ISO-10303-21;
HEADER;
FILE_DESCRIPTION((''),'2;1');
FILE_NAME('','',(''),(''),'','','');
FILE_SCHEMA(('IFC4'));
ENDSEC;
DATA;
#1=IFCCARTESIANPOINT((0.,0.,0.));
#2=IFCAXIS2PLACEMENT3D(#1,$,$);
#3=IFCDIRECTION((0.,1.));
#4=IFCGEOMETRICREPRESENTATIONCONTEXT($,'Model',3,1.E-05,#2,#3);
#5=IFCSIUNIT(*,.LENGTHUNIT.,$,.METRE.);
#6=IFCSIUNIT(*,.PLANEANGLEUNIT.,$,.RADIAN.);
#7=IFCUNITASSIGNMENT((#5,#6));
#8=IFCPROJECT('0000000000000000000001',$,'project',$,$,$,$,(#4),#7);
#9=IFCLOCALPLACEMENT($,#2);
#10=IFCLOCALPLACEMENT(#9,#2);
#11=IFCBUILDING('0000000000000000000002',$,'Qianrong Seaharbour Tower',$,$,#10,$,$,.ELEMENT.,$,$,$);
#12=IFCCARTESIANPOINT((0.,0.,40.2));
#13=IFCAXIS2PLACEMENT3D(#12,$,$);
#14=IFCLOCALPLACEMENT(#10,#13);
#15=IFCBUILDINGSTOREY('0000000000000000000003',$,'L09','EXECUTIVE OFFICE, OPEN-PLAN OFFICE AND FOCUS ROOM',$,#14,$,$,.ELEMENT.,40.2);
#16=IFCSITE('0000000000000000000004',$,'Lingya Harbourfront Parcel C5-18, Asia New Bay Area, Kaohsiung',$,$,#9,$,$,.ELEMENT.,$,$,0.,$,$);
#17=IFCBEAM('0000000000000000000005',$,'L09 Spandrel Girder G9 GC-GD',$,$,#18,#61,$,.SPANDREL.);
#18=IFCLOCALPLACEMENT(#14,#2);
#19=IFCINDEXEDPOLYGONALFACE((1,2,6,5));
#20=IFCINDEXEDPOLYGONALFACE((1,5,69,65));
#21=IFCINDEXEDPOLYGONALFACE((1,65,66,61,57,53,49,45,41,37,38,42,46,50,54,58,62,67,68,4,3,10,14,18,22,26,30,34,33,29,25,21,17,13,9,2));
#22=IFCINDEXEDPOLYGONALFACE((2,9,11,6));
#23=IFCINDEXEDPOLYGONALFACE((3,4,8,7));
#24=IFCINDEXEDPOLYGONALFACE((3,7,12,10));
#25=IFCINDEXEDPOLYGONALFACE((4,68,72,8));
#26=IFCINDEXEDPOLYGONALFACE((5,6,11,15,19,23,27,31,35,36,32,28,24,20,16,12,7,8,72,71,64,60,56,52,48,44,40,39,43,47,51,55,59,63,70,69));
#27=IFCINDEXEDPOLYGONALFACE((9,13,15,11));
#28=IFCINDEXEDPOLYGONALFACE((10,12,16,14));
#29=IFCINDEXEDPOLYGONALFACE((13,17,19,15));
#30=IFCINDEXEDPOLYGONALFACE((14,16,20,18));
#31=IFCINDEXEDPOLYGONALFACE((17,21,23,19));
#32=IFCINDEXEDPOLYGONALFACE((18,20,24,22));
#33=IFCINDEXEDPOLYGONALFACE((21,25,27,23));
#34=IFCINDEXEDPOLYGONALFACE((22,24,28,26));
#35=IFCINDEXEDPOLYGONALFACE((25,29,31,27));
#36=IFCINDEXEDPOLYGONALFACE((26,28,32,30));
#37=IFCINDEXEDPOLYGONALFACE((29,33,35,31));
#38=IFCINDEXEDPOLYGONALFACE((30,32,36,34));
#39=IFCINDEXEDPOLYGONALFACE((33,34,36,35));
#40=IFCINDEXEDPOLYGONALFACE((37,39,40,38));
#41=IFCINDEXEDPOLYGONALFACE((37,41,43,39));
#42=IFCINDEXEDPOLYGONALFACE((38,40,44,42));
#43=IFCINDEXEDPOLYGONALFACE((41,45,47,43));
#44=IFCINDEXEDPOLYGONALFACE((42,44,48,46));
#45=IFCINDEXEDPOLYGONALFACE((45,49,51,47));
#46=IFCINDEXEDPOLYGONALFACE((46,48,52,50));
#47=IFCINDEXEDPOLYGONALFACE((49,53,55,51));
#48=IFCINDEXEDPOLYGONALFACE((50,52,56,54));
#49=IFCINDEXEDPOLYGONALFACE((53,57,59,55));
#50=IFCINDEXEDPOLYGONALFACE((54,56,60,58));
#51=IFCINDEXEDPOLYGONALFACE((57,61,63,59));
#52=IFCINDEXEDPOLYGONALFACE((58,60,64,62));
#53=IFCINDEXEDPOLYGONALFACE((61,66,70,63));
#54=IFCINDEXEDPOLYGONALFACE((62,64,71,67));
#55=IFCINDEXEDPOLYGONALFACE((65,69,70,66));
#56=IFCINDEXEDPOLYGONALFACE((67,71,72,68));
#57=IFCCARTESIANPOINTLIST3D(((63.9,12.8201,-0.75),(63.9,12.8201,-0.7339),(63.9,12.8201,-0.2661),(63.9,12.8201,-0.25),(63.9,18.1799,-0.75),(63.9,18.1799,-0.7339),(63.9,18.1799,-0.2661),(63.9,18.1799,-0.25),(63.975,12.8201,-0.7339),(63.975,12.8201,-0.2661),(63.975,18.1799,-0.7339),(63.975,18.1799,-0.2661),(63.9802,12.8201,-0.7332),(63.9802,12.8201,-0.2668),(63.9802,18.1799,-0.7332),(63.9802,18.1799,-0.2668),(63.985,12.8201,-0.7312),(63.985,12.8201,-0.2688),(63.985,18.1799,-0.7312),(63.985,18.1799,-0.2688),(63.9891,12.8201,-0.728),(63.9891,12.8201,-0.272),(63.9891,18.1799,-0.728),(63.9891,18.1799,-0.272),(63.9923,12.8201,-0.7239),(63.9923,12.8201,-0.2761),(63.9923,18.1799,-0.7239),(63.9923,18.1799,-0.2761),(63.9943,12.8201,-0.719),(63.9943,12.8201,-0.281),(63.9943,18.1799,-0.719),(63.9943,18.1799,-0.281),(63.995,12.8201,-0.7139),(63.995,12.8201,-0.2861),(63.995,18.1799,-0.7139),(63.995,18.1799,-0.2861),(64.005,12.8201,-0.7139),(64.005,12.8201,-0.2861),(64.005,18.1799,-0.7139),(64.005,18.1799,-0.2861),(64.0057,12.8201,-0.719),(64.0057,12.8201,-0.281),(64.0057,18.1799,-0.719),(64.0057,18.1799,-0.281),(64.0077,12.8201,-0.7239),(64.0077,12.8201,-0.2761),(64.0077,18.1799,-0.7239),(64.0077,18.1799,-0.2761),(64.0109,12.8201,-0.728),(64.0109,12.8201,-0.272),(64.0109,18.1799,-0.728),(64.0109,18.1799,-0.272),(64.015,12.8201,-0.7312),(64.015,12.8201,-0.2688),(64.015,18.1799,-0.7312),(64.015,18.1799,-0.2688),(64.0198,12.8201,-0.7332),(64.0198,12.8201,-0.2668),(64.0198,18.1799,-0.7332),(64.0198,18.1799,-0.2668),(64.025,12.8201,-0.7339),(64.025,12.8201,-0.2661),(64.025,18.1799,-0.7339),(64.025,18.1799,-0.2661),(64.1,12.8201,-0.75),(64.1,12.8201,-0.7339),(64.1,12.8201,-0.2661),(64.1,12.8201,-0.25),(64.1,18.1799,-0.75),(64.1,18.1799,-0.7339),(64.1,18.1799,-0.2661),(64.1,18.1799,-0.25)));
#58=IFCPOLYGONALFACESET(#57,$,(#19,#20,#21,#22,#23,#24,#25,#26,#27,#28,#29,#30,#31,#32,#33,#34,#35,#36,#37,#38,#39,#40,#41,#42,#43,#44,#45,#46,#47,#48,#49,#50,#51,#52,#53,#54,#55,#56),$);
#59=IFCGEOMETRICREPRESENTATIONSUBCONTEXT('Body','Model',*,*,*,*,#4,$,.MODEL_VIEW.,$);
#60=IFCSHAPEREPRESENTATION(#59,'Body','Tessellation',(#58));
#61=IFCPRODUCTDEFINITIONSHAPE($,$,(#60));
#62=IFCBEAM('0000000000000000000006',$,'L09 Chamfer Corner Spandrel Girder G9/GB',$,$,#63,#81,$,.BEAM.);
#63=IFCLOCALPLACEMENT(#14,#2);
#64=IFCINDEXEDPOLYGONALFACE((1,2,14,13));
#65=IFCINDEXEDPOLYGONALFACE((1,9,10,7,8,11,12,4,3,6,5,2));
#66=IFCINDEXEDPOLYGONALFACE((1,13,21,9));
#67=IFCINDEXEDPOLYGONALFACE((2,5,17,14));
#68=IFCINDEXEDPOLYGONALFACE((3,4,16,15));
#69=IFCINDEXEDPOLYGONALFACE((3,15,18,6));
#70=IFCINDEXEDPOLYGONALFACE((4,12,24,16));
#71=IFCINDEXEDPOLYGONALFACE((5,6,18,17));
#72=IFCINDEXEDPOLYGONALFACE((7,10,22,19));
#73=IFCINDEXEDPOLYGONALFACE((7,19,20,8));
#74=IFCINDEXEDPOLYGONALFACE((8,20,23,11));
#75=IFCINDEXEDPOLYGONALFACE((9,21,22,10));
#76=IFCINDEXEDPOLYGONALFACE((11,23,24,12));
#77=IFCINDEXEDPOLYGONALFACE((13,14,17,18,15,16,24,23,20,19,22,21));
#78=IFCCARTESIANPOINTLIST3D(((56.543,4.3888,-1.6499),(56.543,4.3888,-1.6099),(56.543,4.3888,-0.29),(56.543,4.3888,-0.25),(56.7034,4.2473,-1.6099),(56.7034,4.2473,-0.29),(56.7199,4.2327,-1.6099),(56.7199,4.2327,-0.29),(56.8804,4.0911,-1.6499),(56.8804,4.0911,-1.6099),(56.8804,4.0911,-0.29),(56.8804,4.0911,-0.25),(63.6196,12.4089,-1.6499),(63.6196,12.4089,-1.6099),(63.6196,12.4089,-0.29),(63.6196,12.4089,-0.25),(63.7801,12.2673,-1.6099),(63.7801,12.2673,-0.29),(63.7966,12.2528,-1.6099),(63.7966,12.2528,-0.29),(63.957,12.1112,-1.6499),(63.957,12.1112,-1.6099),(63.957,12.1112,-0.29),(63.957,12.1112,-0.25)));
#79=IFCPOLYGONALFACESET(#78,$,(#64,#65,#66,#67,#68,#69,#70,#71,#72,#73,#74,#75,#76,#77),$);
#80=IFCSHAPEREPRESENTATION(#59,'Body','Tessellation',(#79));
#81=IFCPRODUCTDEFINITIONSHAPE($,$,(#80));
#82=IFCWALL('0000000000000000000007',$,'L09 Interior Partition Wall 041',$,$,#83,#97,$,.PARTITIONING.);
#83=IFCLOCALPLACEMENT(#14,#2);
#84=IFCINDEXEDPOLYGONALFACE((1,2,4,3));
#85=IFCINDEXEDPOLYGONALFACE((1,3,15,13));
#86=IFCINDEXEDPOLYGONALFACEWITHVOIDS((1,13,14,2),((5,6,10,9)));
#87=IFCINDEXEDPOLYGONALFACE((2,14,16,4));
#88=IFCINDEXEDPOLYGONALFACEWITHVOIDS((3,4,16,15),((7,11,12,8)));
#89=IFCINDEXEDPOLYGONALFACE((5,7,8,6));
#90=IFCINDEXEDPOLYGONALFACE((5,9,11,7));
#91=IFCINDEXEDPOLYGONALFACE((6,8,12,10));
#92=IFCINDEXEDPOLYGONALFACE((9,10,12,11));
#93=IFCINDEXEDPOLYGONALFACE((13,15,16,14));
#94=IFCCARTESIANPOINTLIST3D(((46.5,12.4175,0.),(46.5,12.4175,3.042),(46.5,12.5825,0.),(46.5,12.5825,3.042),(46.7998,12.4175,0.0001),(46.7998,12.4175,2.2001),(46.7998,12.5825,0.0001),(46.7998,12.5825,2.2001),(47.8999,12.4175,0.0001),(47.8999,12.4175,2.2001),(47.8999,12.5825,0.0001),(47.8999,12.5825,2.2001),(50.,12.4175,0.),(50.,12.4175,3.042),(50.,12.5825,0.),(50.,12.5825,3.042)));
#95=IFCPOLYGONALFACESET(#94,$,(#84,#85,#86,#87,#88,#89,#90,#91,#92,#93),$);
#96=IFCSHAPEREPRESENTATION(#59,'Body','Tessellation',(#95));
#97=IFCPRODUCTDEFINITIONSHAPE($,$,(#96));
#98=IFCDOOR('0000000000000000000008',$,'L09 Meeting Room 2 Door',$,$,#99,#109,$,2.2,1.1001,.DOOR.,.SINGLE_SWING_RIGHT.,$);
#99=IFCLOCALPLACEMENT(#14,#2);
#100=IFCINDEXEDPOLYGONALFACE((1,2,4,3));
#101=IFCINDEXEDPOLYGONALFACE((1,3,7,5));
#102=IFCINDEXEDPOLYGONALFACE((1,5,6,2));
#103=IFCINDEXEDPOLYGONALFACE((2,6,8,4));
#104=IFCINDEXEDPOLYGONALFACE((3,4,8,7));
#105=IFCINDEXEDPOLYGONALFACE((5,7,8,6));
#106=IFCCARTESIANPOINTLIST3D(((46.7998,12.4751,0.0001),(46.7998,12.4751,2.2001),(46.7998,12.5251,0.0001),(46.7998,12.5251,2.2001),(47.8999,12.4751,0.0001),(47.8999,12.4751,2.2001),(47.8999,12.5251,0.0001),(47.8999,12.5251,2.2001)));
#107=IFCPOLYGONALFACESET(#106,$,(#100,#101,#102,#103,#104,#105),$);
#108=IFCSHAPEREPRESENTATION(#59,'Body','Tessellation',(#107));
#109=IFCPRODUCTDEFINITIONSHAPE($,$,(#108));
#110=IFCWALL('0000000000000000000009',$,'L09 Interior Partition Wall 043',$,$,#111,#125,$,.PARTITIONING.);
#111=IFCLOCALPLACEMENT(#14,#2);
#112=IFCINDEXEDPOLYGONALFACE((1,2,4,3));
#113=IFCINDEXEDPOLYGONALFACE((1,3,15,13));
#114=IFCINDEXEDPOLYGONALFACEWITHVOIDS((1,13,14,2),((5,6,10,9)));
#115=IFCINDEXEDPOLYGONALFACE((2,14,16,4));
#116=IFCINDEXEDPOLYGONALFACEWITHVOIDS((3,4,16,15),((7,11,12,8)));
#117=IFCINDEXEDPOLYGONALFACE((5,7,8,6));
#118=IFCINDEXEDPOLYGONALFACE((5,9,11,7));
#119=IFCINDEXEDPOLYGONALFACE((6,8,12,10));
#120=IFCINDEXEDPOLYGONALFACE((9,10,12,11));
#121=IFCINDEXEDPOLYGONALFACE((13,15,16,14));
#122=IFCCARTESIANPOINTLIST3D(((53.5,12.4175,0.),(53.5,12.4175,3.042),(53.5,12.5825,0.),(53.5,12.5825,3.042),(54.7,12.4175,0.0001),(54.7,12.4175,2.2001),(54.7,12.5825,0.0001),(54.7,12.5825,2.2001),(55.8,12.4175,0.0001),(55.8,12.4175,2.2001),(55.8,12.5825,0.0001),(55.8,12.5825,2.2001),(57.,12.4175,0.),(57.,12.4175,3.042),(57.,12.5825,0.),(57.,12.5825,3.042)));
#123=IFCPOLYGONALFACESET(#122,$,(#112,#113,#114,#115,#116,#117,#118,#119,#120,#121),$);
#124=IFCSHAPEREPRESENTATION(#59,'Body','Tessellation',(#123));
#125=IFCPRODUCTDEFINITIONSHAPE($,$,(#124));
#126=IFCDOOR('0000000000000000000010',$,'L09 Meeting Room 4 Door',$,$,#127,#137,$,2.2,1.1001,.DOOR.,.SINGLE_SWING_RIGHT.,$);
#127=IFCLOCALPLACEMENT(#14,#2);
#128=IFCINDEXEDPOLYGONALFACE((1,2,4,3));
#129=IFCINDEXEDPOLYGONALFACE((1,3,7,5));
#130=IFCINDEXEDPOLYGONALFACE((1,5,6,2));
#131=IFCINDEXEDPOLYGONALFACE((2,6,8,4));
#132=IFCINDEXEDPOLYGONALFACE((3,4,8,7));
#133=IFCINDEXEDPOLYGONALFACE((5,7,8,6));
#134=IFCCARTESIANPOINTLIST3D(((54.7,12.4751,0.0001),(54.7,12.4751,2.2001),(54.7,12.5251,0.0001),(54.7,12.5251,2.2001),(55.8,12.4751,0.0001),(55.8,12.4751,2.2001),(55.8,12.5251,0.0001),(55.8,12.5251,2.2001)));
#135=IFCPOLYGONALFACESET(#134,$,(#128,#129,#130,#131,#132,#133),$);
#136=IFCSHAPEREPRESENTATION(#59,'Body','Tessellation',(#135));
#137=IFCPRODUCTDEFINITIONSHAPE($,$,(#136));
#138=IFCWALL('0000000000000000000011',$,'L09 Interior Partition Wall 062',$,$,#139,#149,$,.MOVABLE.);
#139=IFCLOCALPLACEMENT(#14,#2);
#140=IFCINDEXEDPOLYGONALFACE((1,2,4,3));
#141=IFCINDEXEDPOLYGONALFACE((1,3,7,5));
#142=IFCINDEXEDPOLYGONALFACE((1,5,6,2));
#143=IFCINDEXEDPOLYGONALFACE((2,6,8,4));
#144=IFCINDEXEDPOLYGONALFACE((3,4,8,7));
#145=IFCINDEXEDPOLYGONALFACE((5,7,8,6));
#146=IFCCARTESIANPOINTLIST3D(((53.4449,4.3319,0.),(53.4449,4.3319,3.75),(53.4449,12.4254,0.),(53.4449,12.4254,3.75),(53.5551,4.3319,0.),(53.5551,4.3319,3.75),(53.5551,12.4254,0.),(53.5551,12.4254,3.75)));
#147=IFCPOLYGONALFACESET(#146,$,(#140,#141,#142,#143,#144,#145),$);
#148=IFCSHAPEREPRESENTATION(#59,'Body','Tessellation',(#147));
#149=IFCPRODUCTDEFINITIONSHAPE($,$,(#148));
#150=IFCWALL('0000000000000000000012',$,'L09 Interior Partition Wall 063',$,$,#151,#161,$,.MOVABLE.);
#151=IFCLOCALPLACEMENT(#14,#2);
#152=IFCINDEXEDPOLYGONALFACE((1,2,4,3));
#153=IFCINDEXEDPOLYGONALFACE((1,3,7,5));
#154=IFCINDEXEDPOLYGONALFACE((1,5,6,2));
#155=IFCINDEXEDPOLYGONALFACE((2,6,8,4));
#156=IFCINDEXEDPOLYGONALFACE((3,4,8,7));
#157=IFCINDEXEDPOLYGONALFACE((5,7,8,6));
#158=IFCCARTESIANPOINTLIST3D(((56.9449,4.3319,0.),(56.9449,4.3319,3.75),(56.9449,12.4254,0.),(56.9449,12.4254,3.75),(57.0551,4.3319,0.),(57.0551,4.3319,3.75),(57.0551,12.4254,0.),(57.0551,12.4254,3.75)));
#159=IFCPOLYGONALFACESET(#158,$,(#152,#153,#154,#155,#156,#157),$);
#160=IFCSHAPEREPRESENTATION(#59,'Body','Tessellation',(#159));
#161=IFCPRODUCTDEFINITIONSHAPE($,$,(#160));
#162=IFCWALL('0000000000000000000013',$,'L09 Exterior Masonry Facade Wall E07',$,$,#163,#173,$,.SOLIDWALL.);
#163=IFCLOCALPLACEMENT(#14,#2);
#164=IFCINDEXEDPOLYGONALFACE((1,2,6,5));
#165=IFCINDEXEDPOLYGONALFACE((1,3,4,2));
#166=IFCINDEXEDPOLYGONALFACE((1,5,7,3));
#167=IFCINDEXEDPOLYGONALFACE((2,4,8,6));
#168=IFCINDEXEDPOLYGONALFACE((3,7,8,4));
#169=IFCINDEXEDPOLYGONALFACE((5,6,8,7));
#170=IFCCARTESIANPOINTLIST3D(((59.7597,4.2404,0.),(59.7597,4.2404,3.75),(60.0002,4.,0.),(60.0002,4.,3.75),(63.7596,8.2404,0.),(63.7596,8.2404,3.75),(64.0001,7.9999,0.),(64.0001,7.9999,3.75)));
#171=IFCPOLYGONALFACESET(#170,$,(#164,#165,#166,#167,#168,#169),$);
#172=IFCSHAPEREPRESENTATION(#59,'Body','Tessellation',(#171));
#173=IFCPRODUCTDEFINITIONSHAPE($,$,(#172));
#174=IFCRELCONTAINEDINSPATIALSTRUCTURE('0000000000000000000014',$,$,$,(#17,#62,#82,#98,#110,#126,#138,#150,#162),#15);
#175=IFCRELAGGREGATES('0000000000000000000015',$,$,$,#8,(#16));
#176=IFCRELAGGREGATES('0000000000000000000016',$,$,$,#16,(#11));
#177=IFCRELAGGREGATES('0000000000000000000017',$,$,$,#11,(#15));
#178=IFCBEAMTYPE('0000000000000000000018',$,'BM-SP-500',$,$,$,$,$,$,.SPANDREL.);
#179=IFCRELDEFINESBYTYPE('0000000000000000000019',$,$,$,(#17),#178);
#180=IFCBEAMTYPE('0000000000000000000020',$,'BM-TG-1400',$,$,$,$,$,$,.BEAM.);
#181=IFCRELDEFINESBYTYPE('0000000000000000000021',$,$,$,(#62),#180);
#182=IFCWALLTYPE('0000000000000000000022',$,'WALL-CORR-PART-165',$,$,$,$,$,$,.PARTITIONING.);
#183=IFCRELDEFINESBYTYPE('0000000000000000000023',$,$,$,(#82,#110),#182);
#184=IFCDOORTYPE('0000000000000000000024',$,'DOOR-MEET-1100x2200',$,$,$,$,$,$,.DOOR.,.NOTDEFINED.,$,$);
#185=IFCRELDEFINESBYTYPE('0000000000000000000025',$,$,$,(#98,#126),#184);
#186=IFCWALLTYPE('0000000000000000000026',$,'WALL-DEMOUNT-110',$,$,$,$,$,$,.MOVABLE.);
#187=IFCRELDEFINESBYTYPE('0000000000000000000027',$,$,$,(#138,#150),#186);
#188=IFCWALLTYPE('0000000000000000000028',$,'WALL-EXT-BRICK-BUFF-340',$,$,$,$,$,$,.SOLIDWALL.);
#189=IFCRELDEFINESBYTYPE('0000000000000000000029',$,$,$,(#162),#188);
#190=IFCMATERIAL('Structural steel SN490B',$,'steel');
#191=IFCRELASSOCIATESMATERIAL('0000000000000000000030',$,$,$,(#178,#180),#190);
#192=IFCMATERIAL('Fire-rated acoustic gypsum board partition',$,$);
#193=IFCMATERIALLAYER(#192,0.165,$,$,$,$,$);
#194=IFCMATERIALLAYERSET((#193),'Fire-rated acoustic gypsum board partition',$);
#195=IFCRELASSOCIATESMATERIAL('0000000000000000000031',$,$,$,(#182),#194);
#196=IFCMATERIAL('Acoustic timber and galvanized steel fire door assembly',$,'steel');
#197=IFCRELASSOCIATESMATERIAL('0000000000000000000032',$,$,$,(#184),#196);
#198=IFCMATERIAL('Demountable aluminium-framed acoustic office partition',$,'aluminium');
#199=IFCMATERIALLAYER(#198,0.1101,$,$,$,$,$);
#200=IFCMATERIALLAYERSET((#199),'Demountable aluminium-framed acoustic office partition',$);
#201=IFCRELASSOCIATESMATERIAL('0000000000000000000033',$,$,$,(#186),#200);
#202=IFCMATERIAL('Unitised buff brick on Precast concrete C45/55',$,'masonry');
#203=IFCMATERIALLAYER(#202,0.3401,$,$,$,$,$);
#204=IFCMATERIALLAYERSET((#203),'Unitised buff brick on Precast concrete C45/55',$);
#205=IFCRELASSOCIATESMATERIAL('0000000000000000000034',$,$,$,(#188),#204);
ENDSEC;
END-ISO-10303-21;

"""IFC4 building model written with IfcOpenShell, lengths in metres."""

from ifc_helpers import new_model, si_unit, direction, frame, frame_2d, origin, origin_2d, place, context, subcontext, project, spatial, rectangle, i_section, extrude, material, layer, layer_set, material_profile, profile_set, type_object, element, fill, save


model = new_model("IFC4")

# Units and contexts
model_context = context("Model", 3, precision=1e-05, world=origin(), true_north=direction((0.0, 1.0)))
body_context = subcontext(model_context, "Body", "Model", "MODEL_VIEW")
ifc_project = project(units=[si_unit("LENGTHUNIT", "METRE"), si_unit("PLANEANGLEUNIT", "RADIAN")], contexts=[model_context])

# Site, building, storey
site_placement = place(None, origin())
site = spatial("IfcSite", under=ifc_project, at=site_placement, Name="Lingya Harbourfront Parcel C5-18, Asia New Bay Area, Kaohsiung", CompositionType="ELEMENT", RefElevation=0.0)
building_placement = place(site_placement, origin())
building = spatial("IfcBuilding", under=site, at=building_placement, Name="Qianrong Seaharbour Tower", CompositionType="ELEMENT")
storey_placement = place(building_placement, frame((0.0, 0.0, 40.2)))
storey = spatial("IfcBuildingStorey", under=building, at=storey_placement, Name="L09", Description="EXECUTIVE OFFICE, OPEN-PLAN OFFICE AND FOCUS ROOM", CompositionType="ELEMENT", Elevation=40.2)

# Shared definitions
ifc_material_1 = material(Name="Structural steel SN490B", Category="steel")

# Beams
ifc_material_profile_1 = material_profile(ifc_material_1, i_section(OverallWidth=0.2, OverallDepth=0.5, WebThickness=0.01, FlangeThickness=0.0161, FilletRadius=0.02, at=origin_2d()), Name="H500x200x10x16")
ifc_profile_set_1 = profile_set([ifc_material_profile_1], Name="Structural steel SN490B")
beam_type_1 = type_object("IfcBeamType", Name="BM-SP-500", PredefinedType="SPANDREL", material=ifc_profile_set_1)
beam_1_placement = place(storey_placement, frame((64.0, 12.8201, -0.5), z_axis=(0.0, 1.0, 0.0), x_axis=(-1.0, 0.0, 0.0)))
element("IfcBeam", 1, at=beam_1_placement, inside=storey, type_object=beam_type_1, Name="L09 Spandrel Girder G9 GC-GD", PredefinedType="SPANDREL", context=body_context, shape_type="SweptSolid", body=[
    extrude(i_section(OverallWidth=0.2, OverallDepth=0.5, WebThickness=0.01, FlangeThickness=0.0161, FilletRadius=0.02, at=origin_2d()), origin(), (0.0, 0.0, 1.0), 5.3599),
])
ifc_material_profile_2 = material_profile(ifc_material_1, i_section(OverallWidth=0.45, OverallDepth=1.3999, WebThickness=0.022, FlangeThickness=0.04, at=origin_2d()), Name="BH1400x450x22x40")
ifc_profile_set_2 = profile_set([ifc_material_profile_2], Name="Structural steel SN490B")
beam_type_2 = type_object("IfcBeamType", Name="BM-TG-1400", PredefinedType="BEAM", material=ifc_profile_set_2)
beam_2_placement = place(storey_placement, frame((56.7117, 4.24, -0.95), z_axis=(0.661631, 0.74983, 0.0), x_axis=(-0.74983, 0.661631, 0.0)))
element("IfcBeam", 2, at=beam_2_placement, inside=storey, type_object=beam_type_2, Name="L09 Chamfer Corner Spandrel Girder G9/GB", PredefinedType="BEAM", context=body_context, shape_type="SweptSolid", body=[
    extrude(i_section(OverallWidth=0.45, OverallDepth=1.3999, WebThickness=0.022, FlangeThickness=0.04, at=origin_2d()), origin(), (0.0, 0.0, 1.0), 10.6958),
])

# Walls, openings, doors
ifc_material_2 = material(Name="Fire-rated acoustic gypsum board partition")
ifc_layer_1 = layer(ifc_material_2, 0.165)
ifc_layer_set_1 = layer_set([ifc_layer_1], Name="Fire-rated acoustic gypsum board partition")
wall_type_1 = type_object("IfcWallType", Name="WALL-CORR-PART-165", PredefinedType="PARTITIONING", material=ifc_layer_set_1)
wall_1_placement = place(storey_placement, frame((50.0, 12.5, 0.0), z_axis=(0.0, 0.0, 1.0), x_axis=(-1.0, 0.0, 0.0)))
wall_1 = element("IfcWall", 3, at=wall_1_placement, inside=storey, type_object=wall_type_1, Name="L09 Interior Partition Wall 041", PredefinedType="PARTITIONING", context=body_context, shape_type="SweptSolid", body=[
    extrude(rectangle(XDim=3.5, YDim=0.165, at=frame_2d((1.75, 0.0))), origin(), (0.0, 0.0, 1.0), 3.042),
])
opening_1_placement = place(wall_1_placement, frame((2.1001, 0.0, 0.0)))
opening_1 = element("IfcOpeningElement", 4, at=opening_1_placement, cuts=wall_1, PredefinedType="OPENING", context=body_context, shape_type="SweptSolid", body=[
    extrude(rectangle(XDim=1.1001, YDim=2.2, at=frame_2d((0.55, 1.1001))), frame((0.0, 0.0925, 0.0), z_axis=(0.0, -1.0, 0.0), x_axis=(1.0, 0.0, 0.0)), (0.0, 0.0, 1.0), 0.1851),
])
ifc_material_3 = material(Name="Acoustic timber and galvanized steel fire door assembly", Category="steel")
door_type_1 = type_object("IfcDoorType", Name="DOOR-MEET-1100x2200", OperationType="NOTDEFINED", PredefinedType="DOOR", material=ifc_material_3)
door_1_placement = place(opening_1_placement, origin())
door_1 = element("IfcDoor", 5, at=door_1_placement, inside=storey, type_object=door_type_1, Name="L09 Meeting Room 2 Door", OperationType="SINGLE_SWING_RIGHT", OverallHeight=2.2, OverallWidth=1.1001, PredefinedType="DOOR", context=body_context, shape_type="SweptSolid", body=[
    extrude(rectangle(XDim=1.1001, YDim=2.2, at=frame_2d((0.55, 1.1001))), frame((0.0, 0.0249, 0.0), z_axis=(0.0, -1.0, 0.0), x_axis=(1.0, 0.0, 0.0)), (0.0, 0.0, 1.0), 0.05),
])
fill(opening_1, door_1)
wall_2_placement = place(storey_placement, frame((57.0, 12.5, 0.0), z_axis=(0.0, 0.0, 1.0), x_axis=(-1.0, 0.0, 0.0)))
wall_2 = element("IfcWall", 6, at=wall_2_placement, inside=storey, type_object=wall_type_1, Name="L09 Interior Partition Wall 043", PredefinedType="PARTITIONING", context=body_context, shape_type="SweptSolid", body=[
    extrude(rectangle(XDim=3.5, YDim=0.165, at=frame_2d((1.75, 0.0))), origin(), (0.0, 0.0, 1.0), 3.042),
])
opening_2_placement = place(wall_2_placement, frame((1.2, 0.0, 0.0)))
opening_2 = element("IfcOpeningElement", 7, at=opening_2_placement, cuts=wall_2, PredefinedType="OPENING", context=body_context, shape_type="SweptSolid", body=[
    extrude(rectangle(XDim=1.1001, YDim=2.2, at=frame_2d((0.55, 1.1001))), frame((0.0, 0.0925, 0.0), z_axis=(0.0, -1.0, 0.0), x_axis=(1.0, 0.0, 0.0)), (0.0, 0.0, 1.0), 0.1851),
])
door_2_placement = place(opening_2_placement, origin())
door_2 = element("IfcDoor", 8, at=door_2_placement, inside=storey, type_object=door_type_1, Name="L09 Meeting Room 4 Door", OperationType="SINGLE_SWING_RIGHT", OverallHeight=2.2, OverallWidth=1.1001, PredefinedType="DOOR", context=body_context, shape_type="SweptSolid", body=[
    extrude(rectangle(XDim=1.1001, YDim=2.2, at=frame_2d((0.55, 1.1001))), frame((0.0, 0.0249, 0.0), z_axis=(0.0, -1.0, 0.0), x_axis=(1.0, 0.0, 0.0)), (0.0, 0.0, 1.0), 0.05),
])
fill(opening_2, door_2)

# Walls
ifc_material_4 = material(Name="Demountable aluminium-framed acoustic office partition", Category="aluminium")
ifc_layer_2 = layer(ifc_material_4, 0.1101)
ifc_layer_set_2 = layer_set([ifc_layer_2], Name="Demountable aluminium-framed acoustic office partition")
wall_type_2 = type_object("IfcWallType", Name="WALL-DEMOUNT-110", PredefinedType="MOVABLE", material=ifc_layer_set_2)
for number, where, z_axis, x_axis, name in (
    (9, (53.5, 12.4255, 0.0), (0.0, 0.0, 1.0), (0.0, -1.0, 0.0), "L09 Interior Partition Wall 062"),
    (10, (57.0, 12.4255, 0.0), (0.0, 0.0, 1.0), (0.0, -1.0, 0.0), "L09 Interior Partition Wall 063"),
):
    element("IfcWall", number, at=place(storey_placement, frame(where, z_axis=z_axis, x_axis=x_axis)), inside=storey, type_object=wall_type_2, Name=name, PredefinedType="MOVABLE", context=body_context, shape_type="SweptSolid", body=[
        extrude(rectangle(XDim=8.0935, YDim=0.1101, at=frame_2d((4.0469, 0.0))), origin(), (0.0, 0.0, 1.0), 3.75),
    ])
ifc_material_5 = material(Name="Unitised buff brick on Precast concrete C45/55", Category="masonry")
ifc_layer_3 = layer(ifc_material_5, 0.3401)
ifc_layer_set_3 = layer_set([ifc_layer_3], Name="Unitised buff brick on Precast concrete C45/55")
wall_type_3 = type_object("IfcWallType", Name="WALL-EXT-BRICK-BUFF-340", PredefinedType="SOLIDWALL", material=ifc_layer_set_3)
wall_3_placement = place(storey_placement, frame((63.8799, 8.1201, 0.0), z_axis=(0.0, 0.0, 1.0), x_axis=(-0.707107, -0.707107, 0.0)))
element("IfcWall", 11, at=wall_3_placement, inside=storey, type_object=wall_type_3, Name="L09 Exterior Masonry Facade Wall E07", PredefinedType="SOLIDWALL", context=body_context, shape_type="SweptSolid", body=[
    extrude(rectangle(XDim=5.6567, YDim=0.3401, at=frame_2d((2.8284, 0.0))), origin(), (0.0, 0.0, 1.0), 3.75),
])

save(model, "model.ifc")
